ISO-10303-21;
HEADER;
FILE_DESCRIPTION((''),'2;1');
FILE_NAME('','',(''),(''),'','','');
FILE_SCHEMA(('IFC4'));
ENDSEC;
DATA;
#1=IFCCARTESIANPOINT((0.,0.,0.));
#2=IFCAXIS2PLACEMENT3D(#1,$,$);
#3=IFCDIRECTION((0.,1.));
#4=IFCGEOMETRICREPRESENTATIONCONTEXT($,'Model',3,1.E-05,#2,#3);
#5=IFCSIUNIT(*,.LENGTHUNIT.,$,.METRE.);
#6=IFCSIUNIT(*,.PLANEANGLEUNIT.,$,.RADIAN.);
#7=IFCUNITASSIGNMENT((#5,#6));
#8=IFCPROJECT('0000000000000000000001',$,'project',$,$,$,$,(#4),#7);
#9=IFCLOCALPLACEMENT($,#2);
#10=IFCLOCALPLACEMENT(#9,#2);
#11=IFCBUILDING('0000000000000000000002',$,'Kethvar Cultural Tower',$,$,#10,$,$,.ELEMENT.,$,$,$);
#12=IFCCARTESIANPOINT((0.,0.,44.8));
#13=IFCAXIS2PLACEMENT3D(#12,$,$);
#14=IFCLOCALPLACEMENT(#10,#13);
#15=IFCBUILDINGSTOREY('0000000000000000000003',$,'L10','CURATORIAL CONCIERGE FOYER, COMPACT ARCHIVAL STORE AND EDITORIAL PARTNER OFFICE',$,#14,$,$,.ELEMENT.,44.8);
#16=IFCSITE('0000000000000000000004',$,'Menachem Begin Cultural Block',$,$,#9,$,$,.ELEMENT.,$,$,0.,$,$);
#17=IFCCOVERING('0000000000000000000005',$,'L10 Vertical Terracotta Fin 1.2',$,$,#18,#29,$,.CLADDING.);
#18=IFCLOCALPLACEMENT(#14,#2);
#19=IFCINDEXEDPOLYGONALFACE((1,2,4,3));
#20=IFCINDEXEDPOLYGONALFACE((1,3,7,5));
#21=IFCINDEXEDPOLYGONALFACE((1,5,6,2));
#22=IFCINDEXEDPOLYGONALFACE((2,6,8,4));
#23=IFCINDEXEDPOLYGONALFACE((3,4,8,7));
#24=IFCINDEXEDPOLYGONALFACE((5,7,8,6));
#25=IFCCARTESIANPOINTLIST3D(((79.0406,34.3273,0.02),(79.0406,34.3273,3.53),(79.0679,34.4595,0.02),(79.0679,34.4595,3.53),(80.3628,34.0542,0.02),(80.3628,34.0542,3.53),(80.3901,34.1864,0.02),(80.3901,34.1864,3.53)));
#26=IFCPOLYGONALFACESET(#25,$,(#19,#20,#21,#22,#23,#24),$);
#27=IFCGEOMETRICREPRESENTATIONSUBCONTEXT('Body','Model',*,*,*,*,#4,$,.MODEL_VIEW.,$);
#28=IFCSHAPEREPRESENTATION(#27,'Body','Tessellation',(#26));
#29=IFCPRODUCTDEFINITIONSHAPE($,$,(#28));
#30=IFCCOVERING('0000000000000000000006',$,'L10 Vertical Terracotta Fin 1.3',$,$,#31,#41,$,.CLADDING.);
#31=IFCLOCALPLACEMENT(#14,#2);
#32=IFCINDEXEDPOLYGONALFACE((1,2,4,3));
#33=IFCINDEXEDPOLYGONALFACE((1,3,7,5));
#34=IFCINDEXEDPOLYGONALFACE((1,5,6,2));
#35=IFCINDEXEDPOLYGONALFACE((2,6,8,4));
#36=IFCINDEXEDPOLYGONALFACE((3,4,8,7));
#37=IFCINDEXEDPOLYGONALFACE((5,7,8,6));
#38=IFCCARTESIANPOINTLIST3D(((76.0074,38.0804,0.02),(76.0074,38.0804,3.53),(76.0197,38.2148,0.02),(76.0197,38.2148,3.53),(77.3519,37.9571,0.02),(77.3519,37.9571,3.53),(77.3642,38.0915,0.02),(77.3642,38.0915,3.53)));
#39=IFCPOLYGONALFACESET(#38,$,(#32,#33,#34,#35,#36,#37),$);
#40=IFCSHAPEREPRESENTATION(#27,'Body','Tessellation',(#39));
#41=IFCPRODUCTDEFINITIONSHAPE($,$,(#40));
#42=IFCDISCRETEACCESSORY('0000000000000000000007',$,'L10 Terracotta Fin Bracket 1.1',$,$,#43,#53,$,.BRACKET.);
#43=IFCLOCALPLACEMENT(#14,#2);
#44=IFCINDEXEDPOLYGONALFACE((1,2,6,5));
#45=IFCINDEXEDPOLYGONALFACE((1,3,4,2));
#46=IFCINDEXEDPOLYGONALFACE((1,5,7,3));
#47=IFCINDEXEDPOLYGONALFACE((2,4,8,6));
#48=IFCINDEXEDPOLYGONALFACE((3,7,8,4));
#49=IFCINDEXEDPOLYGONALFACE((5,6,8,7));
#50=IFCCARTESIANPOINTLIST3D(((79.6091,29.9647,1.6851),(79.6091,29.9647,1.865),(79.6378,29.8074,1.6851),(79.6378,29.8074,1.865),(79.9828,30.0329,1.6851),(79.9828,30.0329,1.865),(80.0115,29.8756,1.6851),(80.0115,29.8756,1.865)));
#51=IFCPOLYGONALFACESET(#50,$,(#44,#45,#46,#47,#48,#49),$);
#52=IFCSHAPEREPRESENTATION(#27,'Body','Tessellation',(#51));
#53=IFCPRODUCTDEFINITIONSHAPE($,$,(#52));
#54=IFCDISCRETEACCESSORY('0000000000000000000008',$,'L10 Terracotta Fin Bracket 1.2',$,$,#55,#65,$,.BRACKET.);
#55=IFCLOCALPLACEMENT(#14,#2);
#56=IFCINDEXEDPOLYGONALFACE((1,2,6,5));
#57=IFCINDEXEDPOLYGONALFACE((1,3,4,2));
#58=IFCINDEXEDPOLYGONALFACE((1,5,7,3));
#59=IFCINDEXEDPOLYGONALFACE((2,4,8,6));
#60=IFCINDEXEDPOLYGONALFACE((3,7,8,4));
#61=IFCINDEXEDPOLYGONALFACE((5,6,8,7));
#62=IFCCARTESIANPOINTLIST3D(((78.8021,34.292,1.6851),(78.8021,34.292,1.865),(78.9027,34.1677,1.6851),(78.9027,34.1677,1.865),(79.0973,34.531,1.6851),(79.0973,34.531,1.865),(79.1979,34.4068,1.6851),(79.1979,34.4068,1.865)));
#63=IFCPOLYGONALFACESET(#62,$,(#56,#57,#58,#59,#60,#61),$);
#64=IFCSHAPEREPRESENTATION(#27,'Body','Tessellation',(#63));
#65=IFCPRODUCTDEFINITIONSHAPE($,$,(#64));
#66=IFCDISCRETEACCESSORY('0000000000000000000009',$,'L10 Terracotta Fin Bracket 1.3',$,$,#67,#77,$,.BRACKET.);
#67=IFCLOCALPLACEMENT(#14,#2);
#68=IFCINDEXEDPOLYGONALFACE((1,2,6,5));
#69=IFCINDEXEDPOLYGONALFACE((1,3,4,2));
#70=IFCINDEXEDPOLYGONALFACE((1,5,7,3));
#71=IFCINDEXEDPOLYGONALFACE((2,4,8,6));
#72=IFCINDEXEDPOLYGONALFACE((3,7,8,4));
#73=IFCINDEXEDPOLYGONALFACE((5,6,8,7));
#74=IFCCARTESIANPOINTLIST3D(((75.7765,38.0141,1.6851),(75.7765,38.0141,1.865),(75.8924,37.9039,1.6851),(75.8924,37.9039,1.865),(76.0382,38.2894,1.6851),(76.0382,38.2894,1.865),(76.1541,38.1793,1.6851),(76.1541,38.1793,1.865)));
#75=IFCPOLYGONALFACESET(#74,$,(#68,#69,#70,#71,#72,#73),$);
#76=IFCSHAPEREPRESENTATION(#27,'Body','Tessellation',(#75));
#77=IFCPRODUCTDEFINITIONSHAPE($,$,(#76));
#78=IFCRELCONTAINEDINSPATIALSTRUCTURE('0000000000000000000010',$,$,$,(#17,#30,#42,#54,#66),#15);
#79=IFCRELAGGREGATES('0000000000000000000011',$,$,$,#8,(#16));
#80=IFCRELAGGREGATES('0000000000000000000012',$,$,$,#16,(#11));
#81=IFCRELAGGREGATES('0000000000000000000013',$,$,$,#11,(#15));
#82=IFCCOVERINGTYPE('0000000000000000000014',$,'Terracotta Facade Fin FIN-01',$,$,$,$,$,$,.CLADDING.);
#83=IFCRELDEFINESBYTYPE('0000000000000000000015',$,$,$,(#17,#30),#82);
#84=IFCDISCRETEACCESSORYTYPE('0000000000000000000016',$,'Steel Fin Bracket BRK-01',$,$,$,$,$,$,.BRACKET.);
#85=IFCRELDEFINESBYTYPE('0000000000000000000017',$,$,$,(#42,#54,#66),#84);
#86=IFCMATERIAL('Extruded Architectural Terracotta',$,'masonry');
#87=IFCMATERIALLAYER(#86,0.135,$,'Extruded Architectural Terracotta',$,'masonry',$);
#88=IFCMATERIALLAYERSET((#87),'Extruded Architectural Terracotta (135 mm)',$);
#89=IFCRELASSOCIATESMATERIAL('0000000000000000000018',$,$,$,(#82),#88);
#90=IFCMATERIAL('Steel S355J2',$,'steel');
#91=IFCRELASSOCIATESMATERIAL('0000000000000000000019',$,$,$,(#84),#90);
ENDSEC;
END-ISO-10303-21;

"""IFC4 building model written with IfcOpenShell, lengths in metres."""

from ifc_helpers import new_model, si_unit, direction, frame, origin, origin_2d, place, context, subcontext, project, spatial, rectangle, extrude, source, transform, mapped, material, layer, layer_set, type_object, element, save


model = new_model("IFC4")

# Units and contexts
model_context = context("Model", 3, precision=1e-05, world=origin(), true_north=direction((0.0, 1.0)))
body_context = subcontext(model_context, "Body", "Model", "MODEL_VIEW")
ifc_project = project(units=[si_unit("LENGTHUNIT", "METRE"), si_unit("PLANEANGLEUNIT", "RADIAN")], contexts=[model_context])

# Site, building, storey
site_placement = place(None, origin())
site = spatial("IfcSite", under=ifc_project, at=site_placement, Name="Menachem Begin Cultural Block", CompositionType="ELEMENT", RefElevation=0.0)
building_placement = place(site_placement, origin())
building = spatial("IfcBuilding", under=site, at=building_placement, Name="Kethvar Cultural Tower", CompositionType="ELEMENT")
storey_placement = place(building_placement, frame((0.0, 0.0, 44.8)))
storey = spatial("IfcBuildingStorey", under=building, at=storey_placement, Name="L10", Description="CURATORIAL CONCIERGE FOYER, COMPACT ARCHIVAL STORE AND EDITORIAL PARTNER OFFICE", CompositionType="ELEMENT", Elevation=44.8)

# Shared definitions
ifc_material_1 = material(Name="Steel S355J2", Category="steel")

# Coverings
ifc_material_2 = material(Name="Extruded Architectural Terracotta", Category="masonry")
ifc_layer_1 = layer(ifc_material_2, 0.135, Name="Extruded Architectural Terracotta", Category="masonry")
ifc_layer_set_1 = layer_set([ifc_layer_1], Name="Extruded Architectural Terracotta (135 mm)")
covering_type = type_object("IfcCoveringType", Name="Terracotta Facade Fin FIN-01", PredefinedType="CLADDING", material=ifc_layer_set_1)
shared_shape_1 = source(origin(), body_context, "Body", "SweptSolid", [
    extrude(rectangle(XDim=1.3501, YDim=0.135, at=origin_2d()), origin(), (0.0, 0.0, 1.0), 3.51),
])
for number, where, z_axis, x_axis, name in (
    (1, (79.7153, 34.2568, 0.02), (0.0, 0.0, 1.0), (0.979329, -0.202275, 0.0), "L10 Vertical Terracotta Fin 1.2"),
    (2, (76.6858, 38.0859, 0.02), (0.0, 0.0, 1.0), (0.995821, -0.091328, 0.0), "L10 Vertical Terracotta Fin 1.3"),
):
    element("IfcCovering", number, at=place(storey_placement, frame(where, z_axis=z_axis, x_axis=x_axis)), inside=storey, type_object=covering_type, Name=name, PredefinedType="CLADDING", context=body_context, shape_type="MappedRepresentation", body=[
        mapped(shared_shape_1, transform((0.0, 0.0, 0.0), scale=1.0)),
    ])

# Discrete accessories
discrete_accessory_type = type_object("IfcDiscreteAccessoryType", Name="Steel Fin Bracket BRK-01", PredefinedType="BRACKET", material=ifc_material_1)
shared_shape_2 = source(origin(), body_context, "Body", "SweptSolid", [
    extrude(rectangle(XDim=0.3799, YDim=0.1599, at=origin_2d()), origin(), (0.0, 0.0, 1.0), 0.1799),
])
for number, where, z_axis, x_axis, name in (
    (3, (79.8103, 29.9202, 1.6851), (0.0, 0.0, 1.0), (0.983729, 0.179661, 0.0), "L10 Terracotta Fin Bracket 1.1"),
    (4, (79.0, 34.3494, 1.6851), (0.0, 0.0, 1.0), (0.777146, 0.62932, 0.0), "L10 Terracotta Fin Bracket 1.2"),
    (5, (75.9653, 38.0967, 1.6851), (0.0, 0.0, 1.0), (0.688987, 0.724773, 0.0), "L10 Terracotta Fin Bracket 1.3"),
):
    element("IfcDiscreteAccessory", number, at=place(storey_placement, frame(where, z_axis=z_axis, x_axis=x_axis)), inside=storey, type_object=discrete_accessory_type, Name=name, PredefinedType="BRACKET", context=body_context, shape_type="MappedRepresentation", body=[
        mapped(shared_shape_2, transform((0.0, 0.0, 0.0), scale=1.0)),
    ])

save(model, "model.ifc")
